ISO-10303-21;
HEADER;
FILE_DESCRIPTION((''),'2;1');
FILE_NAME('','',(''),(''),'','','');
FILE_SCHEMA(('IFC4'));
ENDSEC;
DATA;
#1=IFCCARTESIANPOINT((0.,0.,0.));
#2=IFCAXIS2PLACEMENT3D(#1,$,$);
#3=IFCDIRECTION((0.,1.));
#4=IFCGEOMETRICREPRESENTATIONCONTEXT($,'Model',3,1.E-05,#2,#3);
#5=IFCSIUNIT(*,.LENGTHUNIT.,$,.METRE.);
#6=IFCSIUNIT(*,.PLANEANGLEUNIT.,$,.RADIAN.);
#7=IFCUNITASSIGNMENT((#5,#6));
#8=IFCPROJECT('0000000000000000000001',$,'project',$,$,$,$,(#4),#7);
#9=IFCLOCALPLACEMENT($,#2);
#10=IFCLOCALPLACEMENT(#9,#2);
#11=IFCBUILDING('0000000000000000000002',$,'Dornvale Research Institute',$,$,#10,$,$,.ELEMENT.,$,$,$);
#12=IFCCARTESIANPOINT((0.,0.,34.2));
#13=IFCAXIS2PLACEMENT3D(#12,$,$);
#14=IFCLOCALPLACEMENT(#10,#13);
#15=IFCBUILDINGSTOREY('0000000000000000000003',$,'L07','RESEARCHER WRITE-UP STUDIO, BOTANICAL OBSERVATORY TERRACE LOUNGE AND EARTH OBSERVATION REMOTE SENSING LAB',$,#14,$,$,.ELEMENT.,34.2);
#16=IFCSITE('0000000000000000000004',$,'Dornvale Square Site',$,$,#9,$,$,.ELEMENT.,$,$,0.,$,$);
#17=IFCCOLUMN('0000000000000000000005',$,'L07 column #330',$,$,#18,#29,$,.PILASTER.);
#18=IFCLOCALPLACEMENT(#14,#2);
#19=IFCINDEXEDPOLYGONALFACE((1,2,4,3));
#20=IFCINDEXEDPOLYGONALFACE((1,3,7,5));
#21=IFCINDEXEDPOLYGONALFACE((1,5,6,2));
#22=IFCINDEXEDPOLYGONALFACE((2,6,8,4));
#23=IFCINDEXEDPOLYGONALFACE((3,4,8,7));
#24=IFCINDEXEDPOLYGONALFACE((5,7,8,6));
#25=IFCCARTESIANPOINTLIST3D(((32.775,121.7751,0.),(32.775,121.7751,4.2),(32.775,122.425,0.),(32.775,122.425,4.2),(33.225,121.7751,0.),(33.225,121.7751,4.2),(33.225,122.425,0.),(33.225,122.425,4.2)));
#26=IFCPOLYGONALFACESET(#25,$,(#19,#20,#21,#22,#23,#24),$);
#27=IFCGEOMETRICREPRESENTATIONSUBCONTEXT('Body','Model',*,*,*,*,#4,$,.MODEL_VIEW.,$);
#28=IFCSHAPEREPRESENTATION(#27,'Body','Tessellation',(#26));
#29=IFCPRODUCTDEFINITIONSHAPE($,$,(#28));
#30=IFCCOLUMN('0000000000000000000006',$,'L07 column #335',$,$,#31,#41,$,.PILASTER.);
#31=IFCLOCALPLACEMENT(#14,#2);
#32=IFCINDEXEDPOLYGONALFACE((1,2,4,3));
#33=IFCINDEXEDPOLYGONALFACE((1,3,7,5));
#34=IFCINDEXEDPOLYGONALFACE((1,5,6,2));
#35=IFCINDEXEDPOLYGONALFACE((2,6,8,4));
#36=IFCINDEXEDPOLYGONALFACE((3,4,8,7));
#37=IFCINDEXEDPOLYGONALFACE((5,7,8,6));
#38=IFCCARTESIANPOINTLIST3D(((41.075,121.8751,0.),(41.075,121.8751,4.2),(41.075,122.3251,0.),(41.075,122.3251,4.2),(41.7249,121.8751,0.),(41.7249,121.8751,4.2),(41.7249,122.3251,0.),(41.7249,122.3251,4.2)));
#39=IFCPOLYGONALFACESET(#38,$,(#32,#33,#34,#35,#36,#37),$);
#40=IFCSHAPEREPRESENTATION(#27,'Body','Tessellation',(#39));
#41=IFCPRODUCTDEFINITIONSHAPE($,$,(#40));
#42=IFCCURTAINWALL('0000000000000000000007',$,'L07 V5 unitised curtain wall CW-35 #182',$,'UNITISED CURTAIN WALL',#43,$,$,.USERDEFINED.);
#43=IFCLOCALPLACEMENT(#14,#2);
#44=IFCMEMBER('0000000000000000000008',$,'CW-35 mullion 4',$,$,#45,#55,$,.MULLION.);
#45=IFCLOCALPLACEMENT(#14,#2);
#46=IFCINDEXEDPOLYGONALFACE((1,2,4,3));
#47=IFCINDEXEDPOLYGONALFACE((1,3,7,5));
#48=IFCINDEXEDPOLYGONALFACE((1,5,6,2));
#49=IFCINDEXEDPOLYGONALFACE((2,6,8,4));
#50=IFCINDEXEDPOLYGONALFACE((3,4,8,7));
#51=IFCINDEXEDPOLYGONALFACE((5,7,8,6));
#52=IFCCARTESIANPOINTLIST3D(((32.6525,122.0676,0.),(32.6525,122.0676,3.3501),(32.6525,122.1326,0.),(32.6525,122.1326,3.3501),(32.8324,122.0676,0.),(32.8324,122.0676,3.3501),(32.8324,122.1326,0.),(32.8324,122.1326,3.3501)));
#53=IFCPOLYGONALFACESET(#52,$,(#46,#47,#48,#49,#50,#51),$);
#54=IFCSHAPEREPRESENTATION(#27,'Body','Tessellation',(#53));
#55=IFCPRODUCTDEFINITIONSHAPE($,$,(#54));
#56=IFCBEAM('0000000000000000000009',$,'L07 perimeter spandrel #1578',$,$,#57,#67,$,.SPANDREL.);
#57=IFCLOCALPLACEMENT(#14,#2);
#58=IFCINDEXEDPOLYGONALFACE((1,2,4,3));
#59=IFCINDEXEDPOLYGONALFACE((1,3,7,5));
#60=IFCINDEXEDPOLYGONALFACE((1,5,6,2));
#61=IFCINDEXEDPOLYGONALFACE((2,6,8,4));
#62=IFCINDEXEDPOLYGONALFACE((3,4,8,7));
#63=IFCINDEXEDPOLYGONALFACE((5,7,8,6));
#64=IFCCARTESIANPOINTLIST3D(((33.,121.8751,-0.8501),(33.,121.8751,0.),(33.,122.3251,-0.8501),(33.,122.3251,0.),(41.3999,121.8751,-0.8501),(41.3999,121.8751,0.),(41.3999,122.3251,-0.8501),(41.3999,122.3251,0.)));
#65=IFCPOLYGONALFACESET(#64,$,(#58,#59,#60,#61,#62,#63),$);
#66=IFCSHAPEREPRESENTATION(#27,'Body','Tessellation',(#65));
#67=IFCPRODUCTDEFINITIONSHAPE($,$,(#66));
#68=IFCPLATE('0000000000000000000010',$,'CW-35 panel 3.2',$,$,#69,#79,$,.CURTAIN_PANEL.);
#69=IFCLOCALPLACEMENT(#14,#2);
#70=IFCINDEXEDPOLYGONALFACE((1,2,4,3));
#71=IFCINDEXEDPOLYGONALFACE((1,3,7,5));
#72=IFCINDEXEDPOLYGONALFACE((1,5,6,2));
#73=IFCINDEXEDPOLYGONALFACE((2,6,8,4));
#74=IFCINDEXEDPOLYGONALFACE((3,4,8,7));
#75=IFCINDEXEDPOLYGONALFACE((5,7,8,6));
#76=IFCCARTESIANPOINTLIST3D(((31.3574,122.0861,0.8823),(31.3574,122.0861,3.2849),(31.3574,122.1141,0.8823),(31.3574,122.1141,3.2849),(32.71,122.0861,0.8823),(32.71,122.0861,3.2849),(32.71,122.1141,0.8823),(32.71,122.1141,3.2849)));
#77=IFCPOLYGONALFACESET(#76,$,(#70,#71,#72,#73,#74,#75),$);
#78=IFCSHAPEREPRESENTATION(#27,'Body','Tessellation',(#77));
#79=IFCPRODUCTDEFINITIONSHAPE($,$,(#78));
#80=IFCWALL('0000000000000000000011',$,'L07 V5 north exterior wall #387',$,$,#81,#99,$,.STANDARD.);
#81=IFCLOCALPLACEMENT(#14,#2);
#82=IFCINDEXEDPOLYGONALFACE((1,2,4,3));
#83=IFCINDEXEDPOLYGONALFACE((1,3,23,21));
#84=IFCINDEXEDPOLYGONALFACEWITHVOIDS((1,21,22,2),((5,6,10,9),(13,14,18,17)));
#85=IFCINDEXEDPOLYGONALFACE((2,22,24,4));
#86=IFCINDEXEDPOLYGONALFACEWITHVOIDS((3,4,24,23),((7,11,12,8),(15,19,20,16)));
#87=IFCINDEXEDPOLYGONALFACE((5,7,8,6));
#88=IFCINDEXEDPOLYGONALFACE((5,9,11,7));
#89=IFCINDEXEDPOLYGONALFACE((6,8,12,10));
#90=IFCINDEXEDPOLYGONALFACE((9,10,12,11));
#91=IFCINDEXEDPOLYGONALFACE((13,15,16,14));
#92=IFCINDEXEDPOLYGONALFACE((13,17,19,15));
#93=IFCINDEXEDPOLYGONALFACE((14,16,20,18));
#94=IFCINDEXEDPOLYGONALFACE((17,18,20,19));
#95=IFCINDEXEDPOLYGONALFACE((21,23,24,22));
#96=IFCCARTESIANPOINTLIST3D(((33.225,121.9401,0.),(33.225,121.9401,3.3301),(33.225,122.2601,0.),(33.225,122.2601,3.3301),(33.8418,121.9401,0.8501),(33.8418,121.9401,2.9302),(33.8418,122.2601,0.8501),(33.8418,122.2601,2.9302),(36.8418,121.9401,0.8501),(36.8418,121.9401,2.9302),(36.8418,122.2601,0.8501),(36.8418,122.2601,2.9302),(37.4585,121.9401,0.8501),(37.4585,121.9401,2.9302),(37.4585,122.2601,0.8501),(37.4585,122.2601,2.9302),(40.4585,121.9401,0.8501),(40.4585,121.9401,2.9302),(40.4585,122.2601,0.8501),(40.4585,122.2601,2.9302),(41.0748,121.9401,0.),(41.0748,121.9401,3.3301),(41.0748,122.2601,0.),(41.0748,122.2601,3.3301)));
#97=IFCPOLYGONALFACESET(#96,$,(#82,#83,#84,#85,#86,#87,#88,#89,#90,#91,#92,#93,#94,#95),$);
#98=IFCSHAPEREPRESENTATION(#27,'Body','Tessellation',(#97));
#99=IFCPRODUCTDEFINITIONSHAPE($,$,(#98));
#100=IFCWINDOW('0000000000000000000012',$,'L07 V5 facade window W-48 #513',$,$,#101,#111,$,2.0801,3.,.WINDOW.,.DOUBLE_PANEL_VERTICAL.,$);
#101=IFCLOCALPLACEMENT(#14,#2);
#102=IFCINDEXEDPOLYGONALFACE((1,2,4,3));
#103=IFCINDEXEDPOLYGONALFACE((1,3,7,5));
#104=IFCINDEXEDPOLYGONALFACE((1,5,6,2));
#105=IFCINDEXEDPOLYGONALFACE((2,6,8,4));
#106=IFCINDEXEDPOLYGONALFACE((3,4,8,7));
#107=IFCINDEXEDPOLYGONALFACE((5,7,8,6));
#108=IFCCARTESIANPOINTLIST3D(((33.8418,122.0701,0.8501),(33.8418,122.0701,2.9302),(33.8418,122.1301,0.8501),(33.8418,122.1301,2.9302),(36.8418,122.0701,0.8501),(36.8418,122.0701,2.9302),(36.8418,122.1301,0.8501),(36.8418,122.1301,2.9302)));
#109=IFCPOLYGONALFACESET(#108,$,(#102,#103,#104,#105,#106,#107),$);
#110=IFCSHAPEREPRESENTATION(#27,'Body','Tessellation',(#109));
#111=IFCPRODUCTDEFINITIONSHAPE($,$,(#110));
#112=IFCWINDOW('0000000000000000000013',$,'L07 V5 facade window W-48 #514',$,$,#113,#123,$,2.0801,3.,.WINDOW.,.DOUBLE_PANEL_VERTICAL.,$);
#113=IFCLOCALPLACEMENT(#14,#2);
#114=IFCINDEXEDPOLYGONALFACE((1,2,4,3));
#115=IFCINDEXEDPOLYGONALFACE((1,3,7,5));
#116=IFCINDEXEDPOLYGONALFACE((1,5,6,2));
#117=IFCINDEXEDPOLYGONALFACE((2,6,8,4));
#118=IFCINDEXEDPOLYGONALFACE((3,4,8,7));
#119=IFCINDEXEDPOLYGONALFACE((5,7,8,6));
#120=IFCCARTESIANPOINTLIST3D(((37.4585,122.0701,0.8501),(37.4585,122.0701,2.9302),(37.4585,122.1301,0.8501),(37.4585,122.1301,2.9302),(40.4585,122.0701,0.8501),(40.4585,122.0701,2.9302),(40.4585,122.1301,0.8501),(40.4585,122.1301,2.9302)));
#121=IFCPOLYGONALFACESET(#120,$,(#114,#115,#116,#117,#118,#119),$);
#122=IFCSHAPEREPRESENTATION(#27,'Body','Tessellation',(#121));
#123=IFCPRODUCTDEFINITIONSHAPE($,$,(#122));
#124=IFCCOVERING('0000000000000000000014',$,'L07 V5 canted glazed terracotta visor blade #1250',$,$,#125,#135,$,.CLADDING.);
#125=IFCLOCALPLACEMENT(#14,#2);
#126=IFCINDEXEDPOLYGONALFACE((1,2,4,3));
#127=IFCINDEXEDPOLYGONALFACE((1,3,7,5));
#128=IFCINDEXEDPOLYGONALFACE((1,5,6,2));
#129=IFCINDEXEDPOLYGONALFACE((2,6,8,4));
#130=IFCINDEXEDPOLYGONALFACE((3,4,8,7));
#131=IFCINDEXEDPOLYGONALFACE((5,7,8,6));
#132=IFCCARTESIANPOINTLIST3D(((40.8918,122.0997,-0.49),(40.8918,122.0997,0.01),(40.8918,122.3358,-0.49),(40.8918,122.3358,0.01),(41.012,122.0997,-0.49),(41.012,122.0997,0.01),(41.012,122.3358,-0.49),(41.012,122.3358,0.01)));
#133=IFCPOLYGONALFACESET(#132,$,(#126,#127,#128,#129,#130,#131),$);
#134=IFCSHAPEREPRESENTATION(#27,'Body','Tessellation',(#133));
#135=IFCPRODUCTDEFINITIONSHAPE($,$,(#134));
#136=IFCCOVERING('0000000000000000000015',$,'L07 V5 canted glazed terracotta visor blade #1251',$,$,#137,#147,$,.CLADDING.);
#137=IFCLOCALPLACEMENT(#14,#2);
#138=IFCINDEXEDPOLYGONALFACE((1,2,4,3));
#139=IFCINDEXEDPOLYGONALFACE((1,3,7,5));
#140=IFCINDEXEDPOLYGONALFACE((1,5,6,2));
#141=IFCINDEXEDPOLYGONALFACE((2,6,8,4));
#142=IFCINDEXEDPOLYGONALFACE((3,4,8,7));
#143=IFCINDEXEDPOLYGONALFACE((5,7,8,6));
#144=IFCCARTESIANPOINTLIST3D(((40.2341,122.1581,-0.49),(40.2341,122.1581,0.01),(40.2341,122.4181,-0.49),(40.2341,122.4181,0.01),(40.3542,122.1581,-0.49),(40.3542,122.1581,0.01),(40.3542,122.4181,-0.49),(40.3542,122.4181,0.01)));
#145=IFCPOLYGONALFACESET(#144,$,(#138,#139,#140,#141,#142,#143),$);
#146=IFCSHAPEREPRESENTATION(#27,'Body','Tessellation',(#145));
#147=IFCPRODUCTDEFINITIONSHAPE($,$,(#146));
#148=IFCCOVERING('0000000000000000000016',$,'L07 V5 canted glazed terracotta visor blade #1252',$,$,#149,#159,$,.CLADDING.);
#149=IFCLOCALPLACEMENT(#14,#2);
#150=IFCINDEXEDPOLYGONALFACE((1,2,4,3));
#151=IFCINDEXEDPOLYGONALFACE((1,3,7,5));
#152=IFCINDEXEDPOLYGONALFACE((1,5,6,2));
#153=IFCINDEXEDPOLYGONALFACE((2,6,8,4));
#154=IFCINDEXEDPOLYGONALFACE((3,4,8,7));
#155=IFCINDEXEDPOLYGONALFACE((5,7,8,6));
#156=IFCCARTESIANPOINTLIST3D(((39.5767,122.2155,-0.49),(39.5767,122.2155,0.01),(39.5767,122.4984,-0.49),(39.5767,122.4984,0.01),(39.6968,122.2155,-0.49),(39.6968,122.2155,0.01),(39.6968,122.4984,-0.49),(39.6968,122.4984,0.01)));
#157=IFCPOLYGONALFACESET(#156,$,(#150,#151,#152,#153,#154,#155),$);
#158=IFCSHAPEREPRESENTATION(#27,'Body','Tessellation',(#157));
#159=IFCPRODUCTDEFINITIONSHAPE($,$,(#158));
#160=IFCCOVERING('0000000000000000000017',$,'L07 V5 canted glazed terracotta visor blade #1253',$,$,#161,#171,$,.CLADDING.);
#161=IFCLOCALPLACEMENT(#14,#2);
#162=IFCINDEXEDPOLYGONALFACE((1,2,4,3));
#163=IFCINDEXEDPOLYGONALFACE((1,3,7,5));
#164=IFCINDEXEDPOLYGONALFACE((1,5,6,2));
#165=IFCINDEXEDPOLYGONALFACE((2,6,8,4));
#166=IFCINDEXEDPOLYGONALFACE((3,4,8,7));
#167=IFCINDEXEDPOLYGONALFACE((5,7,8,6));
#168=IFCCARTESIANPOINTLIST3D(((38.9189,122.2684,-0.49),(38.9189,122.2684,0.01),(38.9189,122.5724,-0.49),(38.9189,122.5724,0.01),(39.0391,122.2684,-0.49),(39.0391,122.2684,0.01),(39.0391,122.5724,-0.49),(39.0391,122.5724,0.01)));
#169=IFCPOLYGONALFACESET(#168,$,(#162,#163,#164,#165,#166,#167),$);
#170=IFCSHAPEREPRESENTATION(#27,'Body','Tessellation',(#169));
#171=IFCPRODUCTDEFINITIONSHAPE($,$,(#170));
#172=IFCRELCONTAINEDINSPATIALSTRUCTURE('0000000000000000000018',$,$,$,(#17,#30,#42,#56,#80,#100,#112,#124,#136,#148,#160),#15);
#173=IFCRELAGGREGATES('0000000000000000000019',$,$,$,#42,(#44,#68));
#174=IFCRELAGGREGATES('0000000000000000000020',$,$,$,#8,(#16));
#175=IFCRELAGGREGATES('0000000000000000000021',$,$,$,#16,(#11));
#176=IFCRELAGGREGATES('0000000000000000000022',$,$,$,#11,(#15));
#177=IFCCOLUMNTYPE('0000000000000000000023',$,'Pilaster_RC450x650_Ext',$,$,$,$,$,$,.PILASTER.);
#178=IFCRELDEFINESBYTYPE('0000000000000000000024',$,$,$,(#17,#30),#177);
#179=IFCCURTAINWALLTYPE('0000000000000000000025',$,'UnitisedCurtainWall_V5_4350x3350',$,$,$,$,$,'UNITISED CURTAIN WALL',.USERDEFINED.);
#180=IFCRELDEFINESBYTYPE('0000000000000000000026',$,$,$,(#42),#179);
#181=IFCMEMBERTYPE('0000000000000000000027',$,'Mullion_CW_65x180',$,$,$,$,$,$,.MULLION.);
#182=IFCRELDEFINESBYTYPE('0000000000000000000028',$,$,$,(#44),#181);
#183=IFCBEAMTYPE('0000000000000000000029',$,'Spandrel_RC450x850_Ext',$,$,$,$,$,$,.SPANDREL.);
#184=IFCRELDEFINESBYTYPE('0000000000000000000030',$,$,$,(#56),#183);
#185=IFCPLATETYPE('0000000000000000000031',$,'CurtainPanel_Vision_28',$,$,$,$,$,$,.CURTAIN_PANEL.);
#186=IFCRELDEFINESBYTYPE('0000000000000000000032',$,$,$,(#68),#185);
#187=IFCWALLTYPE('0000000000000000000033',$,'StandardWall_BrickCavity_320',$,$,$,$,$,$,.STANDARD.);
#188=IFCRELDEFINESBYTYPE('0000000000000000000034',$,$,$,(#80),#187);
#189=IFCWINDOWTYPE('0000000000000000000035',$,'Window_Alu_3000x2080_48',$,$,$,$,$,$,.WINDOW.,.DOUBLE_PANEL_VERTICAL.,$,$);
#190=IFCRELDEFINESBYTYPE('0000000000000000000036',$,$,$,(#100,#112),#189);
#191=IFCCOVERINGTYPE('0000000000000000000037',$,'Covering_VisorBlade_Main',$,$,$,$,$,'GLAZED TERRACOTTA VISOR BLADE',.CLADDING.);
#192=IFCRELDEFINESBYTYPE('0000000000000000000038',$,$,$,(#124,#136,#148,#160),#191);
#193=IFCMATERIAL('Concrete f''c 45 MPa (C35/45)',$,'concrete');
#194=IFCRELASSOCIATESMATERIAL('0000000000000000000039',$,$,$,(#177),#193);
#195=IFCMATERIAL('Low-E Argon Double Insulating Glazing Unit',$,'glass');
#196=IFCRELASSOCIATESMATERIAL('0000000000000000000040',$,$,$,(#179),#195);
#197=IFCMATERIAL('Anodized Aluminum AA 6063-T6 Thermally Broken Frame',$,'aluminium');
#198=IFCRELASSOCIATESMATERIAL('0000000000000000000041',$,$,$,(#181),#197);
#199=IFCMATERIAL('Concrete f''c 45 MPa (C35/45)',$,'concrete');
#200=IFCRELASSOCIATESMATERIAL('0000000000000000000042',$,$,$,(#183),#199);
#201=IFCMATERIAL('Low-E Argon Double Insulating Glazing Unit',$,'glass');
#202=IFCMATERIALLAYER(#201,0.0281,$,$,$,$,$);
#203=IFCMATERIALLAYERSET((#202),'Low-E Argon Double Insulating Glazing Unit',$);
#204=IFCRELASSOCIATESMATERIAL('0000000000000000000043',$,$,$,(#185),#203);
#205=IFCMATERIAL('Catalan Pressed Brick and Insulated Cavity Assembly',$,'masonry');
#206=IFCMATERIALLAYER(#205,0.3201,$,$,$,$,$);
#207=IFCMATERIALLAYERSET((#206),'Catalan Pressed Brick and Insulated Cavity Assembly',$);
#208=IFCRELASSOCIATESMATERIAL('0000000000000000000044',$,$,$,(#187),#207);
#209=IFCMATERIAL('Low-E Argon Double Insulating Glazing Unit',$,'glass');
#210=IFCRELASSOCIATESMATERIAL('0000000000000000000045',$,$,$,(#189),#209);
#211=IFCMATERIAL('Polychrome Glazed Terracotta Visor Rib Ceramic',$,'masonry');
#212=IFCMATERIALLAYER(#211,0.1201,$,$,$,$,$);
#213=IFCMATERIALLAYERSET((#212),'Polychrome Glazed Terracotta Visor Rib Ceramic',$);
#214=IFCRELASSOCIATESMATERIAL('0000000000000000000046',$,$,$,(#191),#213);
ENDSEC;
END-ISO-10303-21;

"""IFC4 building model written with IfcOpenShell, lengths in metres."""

from ifc_helpers import new_model, si_unit, direction, frame, frame_2d, origin, origin_2d, place, context, subcontext, project, spatial, rectangle, extrude, material, layer, layer_set, material_profile, profile_set, type_object, element, fill, aggregate, save


model = new_model("IFC4")

# Units and contexts
model_context = context("Model", 3, precision=1e-05, world=origin(), true_north=direction((0.0, 1.0)))
body_context = subcontext(model_context, "Body", "Model", "MODEL_VIEW")
ifc_project = project(units=[si_unit("LENGTHUNIT", "METRE"), si_unit("PLANEANGLEUNIT", "RADIAN")], contexts=[model_context])

# Site, building, storey
site_placement = place(None, origin())
site = spatial("IfcSite", under=ifc_project, at=site_placement, Name="Dornvale Square Site", CompositionType="ELEMENT", RefElevation=0.0)
building_placement = place(site_placement, origin())
building = spatial("IfcBuilding", under=site, at=building_placement, Name="Dornvale Research Institute", CompositionType="ELEMENT")
storey_placement = place(building_placement, frame((0.0, 0.0, 34.2)))
storey = spatial("IfcBuildingStorey", under=building, at=storey_placement, Name="L07", Description="RESEARCHER WRITE-UP STUDIO, BOTANICAL OBSERVATORY TERRACE LOUNGE AND EARTH OBSERVATION REMOTE SENSING LAB", CompositionType="ELEMENT", Elevation=34.2)

# Columns
ifc_material_1 = material(Name="Concrete f'c 45 MPa (C35/45)", Category="concrete")
ifc_material_profile_1 = material_profile(ifc_material_1, rectangle(XDim=0.45, YDim=0.6499, at=origin_2d()), Name="RC 450x650")
ifc_profile_set_1 = profile_set([ifc_material_profile_1], Name="Concrete f'c 45 MPa (C35/45)")
column_type = type_object("IfcColumnType", Name="Pilaster_RC450x650_Ext", PredefinedType="PILASTER", material=ifc_profile_set_1)
for number, where, z_axis, x_axis, name in (
    (1, (33.0, 122.1001, 0.0), (0.0, 0.0, 1.0), (1.0, 0.0, 0.0), "L07 column #330"),
    (2, (41.3999, 122.1001, 0.0), (0.0, 0.0, 1.0), (0.0, 1.0, 0.0), "L07 column #335"),
):
    element("IfcColumn", number, at=place(storey_placement, frame(where, z_axis=z_axis, x_axis=x_axis)), inside=storey, type_object=column_type, Name=name, PredefinedType="PILASTER", context=body_context, shape_type="SweptSolid", body=[
        extrude(rectangle(XDim=0.45, YDim=0.6499, at=origin_2d()), origin(), (0.0, 0.0, 1.0), 4.2),
    ])

# Curtain wall, member
ifc_material_2 = material(Name="Low-E Argon Double Insulating Glazing Unit", Category="glass")
curtain_wall_type = type_object("IfcCurtainWallType", Name="UnitisedCurtainWall_V5_4350x3350", ElementType="UNITISED CURTAIN WALL", PredefinedType="USERDEFINED", material=ifc_material_2)
curtain_wall_placement = place(storey_placement, origin())
curtain_wall = element("IfcCurtainWall", 3, at=curtain_wall_placement, inside=storey, type_object=curtain_wall_type, Name="L07 V5 unitised curtain wall CW-35 #182", ObjectType="UNITISED CURTAIN WALL", PredefinedType="USERDEFINED")
ifc_material_3 = material(Name="Anodized Aluminum AA 6063-T6 Thermally Broken Frame", Category="aluminium")
ifc_material_profile_2 = material_profile(ifc_material_3, rectangle(XDim=0.0649, YDim=0.1799, at=origin_2d()), Name="ALU MULLION 65x180")
ifc_profile_set_2 = profile_set([ifc_material_profile_2], Name="Anodized Aluminum AA 6063-T6 Thermally Broken Frame")
member_type = type_object("IfcMemberType", Name="Mullion_CW_65x180", PredefinedType="MULLION", material=ifc_profile_set_2)
member_placement = place(storey_placement, frame((32.7424, 122.1001, 0.0), z_axis=(0.0, 0.0, 1.0), x_axis=(0.0, 1.0, 0.0)))
member = element("IfcMember", 4, at=member_placement, type_object=member_type, Name="CW-35 mullion 4", PredefinedType="MULLION", context=body_context, shape_type="SweptSolid", body=[
    extrude(rectangle(XDim=0.0649, YDim=0.1799, at=origin_2d()), origin(), (0.0, 0.0, 1.0), 3.3501),
])

# Beam
ifc_material_4 = material(Name="Concrete f'c 45 MPa (C35/45)", Category="concrete")
ifc_material_profile_3 = material_profile(ifc_material_4, rectangle(XDim=0.45, YDim=0.8501, at=origin_2d()), Name="RC 450x850")
ifc_profile_set_3 = profile_set([ifc_material_profile_3], Name="Concrete f'c 45 MPa (C35/45)")
beam_type = type_object("IfcBeamType", Name="Spandrel_RC450x850_Ext", PredefinedType="SPANDREL", material=ifc_profile_set_3)
beam_placement = place(storey_placement, frame((33.0, 122.1001, -0.425), z_axis=(1.0, 0.0, 0.0), x_axis=(0.0, 1.0, 0.0)))
element("IfcBeam", 5, at=beam_placement, inside=storey, type_object=beam_type, Name="L07 perimeter spandrel #1578", PredefinedType="SPANDREL", context=body_context, shape_type="SweptSolid", body=[
    extrude(rectangle(XDim=0.45, YDim=0.8501, at=origin_2d()), origin(), (0.0, 0.0, 1.0), 8.3999),
])

# Plate
ifc_material_5 = material(Name="Low-E Argon Double Insulating Glazing Unit", Category="glass")
ifc_layer_1 = layer(ifc_material_5, 0.0281)
ifc_layer_set_1 = layer_set([ifc_layer_1], Name="Low-E Argon Double Insulating Glazing Unit")
plate_type = type_object("IfcPlateType", Name="CurtainPanel_Vision_28", PredefinedType="CURTAIN_PANEL", material=ifc_layer_set_1)
plate_placement = place(storey_placement, frame((32.0337, 122.1001, 0.8823), z_axis=(0.0, 0.0, 1.0), x_axis=(1.0, 0.0, 0.0)))
plate = element("IfcPlate", 6, at=plate_placement, type_object=plate_type, Name="CW-35 panel 3.2", PredefinedType="CURTAIN_PANEL", context=body_context, shape_type="SweptSolid", body=[
    extrude(rectangle(XDim=1.3525, YDim=0.0281, at=origin_2d()), origin(), (0.0, 0.0, 1.0), 2.4026),
])
aggregate(curtain_wall, [member, plate])

# Wall, openings, windows
ifc_material_6 = material(Name="Catalan Pressed Brick and Insulated Cavity Assembly", Category="masonry")
ifc_layer_2 = layer(ifc_material_6, 0.3201)
ifc_layer_set_2 = layer_set([ifc_layer_2], Name="Catalan Pressed Brick and Insulated Cavity Assembly")
wall_type = type_object("IfcWallType", Name="StandardWall_BrickCavity_320", PredefinedType="STANDARD", material=ifc_layer_set_2)
wall_placement = place(storey_placement, frame((33.2251, 122.1001, 0.0), z_axis=(0.0, 0.0, 1.0), x_axis=(1.0, 0.0, 0.0)))
wall = element("IfcWall", 7, at=wall_placement, inside=storey, type_object=wall_type, Name="L07 V5 north exterior wall #387", PredefinedType="STANDARD", context=body_context, shape_type="SweptSolid", body=[
    extrude(rectangle(XDim=7.8499, YDim=0.3201, at=frame_2d((3.9248, 0.0))), origin(), (0.0, 0.0, 1.0), 3.3301),
])
opening_1_placement = place(wall_placement, frame((0.6167, 0.0, 0.8501)))
opening_1 = element("IfcOpeningElement", 8, at=opening_1_placement, cuts=wall, PredefinedType="OPENING", context=body_context, shape_type="SweptSolid", body=[
    extrude(rectangle(XDim=3.0, YDim=2.0801, at=frame_2d((1.5, 1.04))), frame((0.0, 0.175, 0.0), z_axis=(0.0, -1.0, 0.0), x_axis=(1.0, 0.0, 0.0)), (0.0, 0.0, 1.0), 0.3501),
])
opening_2_placement = place(wall_placement, frame((4.2334, 0.0, 0.8501)))
opening_2 = element("IfcOpeningElement", 9, at=opening_2_placement, cuts=wall, PredefinedType="OPENING", context=body_context, shape_type="SweptSolid", body=[
    extrude(rectangle(XDim=3.0, YDim=2.0801, at=frame_2d((1.5, 1.04))), frame((0.0, 0.175, 0.0), z_axis=(0.0, -1.0, 0.0), x_axis=(1.0, 0.0, 0.0)), (0.0, 0.0, 1.0), 0.3501),
])
ifc_material_7 = material(Name="Low-E Argon Double Insulating Glazing Unit", Category="glass")
window_type = type_object("IfcWindowType", Name="Window_Alu_3000x2080_48", PartitioningType="DOUBLE_PANEL_VERTICAL", PredefinedType="WINDOW", material=ifc_material_7)
window_1_placement = place(opening_1_placement, origin())
window_1 = element("IfcWindow", 10, at=window_1_placement, inside=storey, type_object=window_type, Name="L07 V5 facade window W-48 #513", OverallHeight=2.0801, OverallWidth=3.0, PartitioningType="DOUBLE_PANEL_VERTICAL", PredefinedType="WINDOW", context=body_context, shape_type="SweptSolid", body=[
    extrude(rectangle(XDim=3.0, YDim=2.0801, at=frame_2d((1.5, 1.04))), frame((0.0, 0.03, 0.0), z_axis=(0.0, -1.0, 0.0), x_axis=(1.0, 0.0, 0.0)), (0.0, 0.0, 1.0), 0.0601),
])
fill(opening_1, window_1)
window_2_placement = place(opening_2_placement, origin())
window_2 = element("IfcWindow", 11, at=window_2_placement, inside=storey, type_object=window_type, Name="L07 V5 facade window W-48 #514", OverallHeight=2.0801, OverallWidth=3.0, PartitioningType="DOUBLE_PANEL_VERTICAL", PredefinedType="WINDOW", context=body_context, shape_type="SweptSolid", body=[
    extrude(rectangle(XDim=3.0, YDim=2.0801, at=frame_2d((1.5, 1.04))), frame((0.0, 0.03, 0.0), z_axis=(0.0, -1.0, 0.0), x_axis=(1.0, 0.0, 0.0)), (0.0, 0.0, 1.0), 0.0601),
])
fill(opening_2, window_2)

# Coverings
ifc_material_8 = material(Name="Polychrome Glazed Terracotta Visor Rib Ceramic", Category="masonry")
ifc_layer_3 = layer(ifc_material_8, 0.1201)
ifc_layer_set_3 = layer_set([ifc_layer_3], Name="Polychrome Glazed Terracotta Visor Rib Ceramic")
covering_type = type_object("IfcCoveringType", Name="Covering_VisorBlade_Main", ElementType="GLAZED TERRACOTTA VISOR BLADE", PredefinedType="CLADDING", material=ifc_layer_set_3)
covering_1_placement = place(storey_placement, frame((40.9519, 122.2178, -0.49), z_axis=(0.0, 0.0, 1.0), x_axis=(0.0, 1.0, 0.0)))
element("IfcCovering", 12, at=covering_1_placement, inside=storey, type_object=covering_type, Name="L07 V5 canted glazed terracotta visor blade #1250", PredefinedType="CLADDING", context=body_context, shape_type="SweptSolid", body=[
    extrude(rectangle(XDim=0.2361, YDim=0.1201, at=origin_2d()), origin(), (0.0, 0.0, 1.0), 0.5),
])
covering_2_placement = place(storey_placement, frame((40.2942, 122.2881, -0.49), z_axis=(0.0, 0.0, 1.0), x_axis=(0.0, 1.0, 0.0)))
element("IfcCovering", 13, at=covering_2_placement, inside=storey, type_object=covering_type, Name="L07 V5 canted glazed terracotta visor blade #1251", PredefinedType="CLADDING", context=body_context, shape_type="SweptSolid", body=[
    extrude(rectangle(XDim=0.26, YDim=0.1201, at=origin_2d()), origin(), (0.0, 0.0, 1.0), 0.5),
])
covering_3_placement = place(storey_placement, frame((39.6367, 122.3569, -0.49), z_axis=(0.0, 0.0, 1.0), x_axis=(0.0, 1.0, 0.0)))
element("IfcCovering", 14, at=covering_3_placement, inside=storey, type_object=covering_type, Name="L07 V5 canted glazed terracotta visor blade #1252", PredefinedType="CLADDING", context=body_context, shape_type="SweptSolid", body=[
    extrude(rectangle(XDim=0.283, YDim=0.1201, at=origin_2d()), origin(), (0.0, 0.0, 1.0), 0.5),
])
covering_4_placement = place(storey_placement, frame((38.979, 122.4204, -0.49), z_axis=(0.0, 0.0, 1.0), x_axis=(0.0, 1.0, 0.0)))
element("IfcCovering", 15, at=covering_4_placement, inside=storey, type_object=covering_type, Name="L07 V5 canted glazed terracotta visor blade #1253", PredefinedType="CLADDING", context=body_context, shape_type="SweptSolid", body=[
    extrude(rectangle(XDim=0.304, YDim=0.1201, at=origin_2d()), origin(), (0.0, 0.0, 1.0), 0.5),
])

save(model, "model.ifc")
